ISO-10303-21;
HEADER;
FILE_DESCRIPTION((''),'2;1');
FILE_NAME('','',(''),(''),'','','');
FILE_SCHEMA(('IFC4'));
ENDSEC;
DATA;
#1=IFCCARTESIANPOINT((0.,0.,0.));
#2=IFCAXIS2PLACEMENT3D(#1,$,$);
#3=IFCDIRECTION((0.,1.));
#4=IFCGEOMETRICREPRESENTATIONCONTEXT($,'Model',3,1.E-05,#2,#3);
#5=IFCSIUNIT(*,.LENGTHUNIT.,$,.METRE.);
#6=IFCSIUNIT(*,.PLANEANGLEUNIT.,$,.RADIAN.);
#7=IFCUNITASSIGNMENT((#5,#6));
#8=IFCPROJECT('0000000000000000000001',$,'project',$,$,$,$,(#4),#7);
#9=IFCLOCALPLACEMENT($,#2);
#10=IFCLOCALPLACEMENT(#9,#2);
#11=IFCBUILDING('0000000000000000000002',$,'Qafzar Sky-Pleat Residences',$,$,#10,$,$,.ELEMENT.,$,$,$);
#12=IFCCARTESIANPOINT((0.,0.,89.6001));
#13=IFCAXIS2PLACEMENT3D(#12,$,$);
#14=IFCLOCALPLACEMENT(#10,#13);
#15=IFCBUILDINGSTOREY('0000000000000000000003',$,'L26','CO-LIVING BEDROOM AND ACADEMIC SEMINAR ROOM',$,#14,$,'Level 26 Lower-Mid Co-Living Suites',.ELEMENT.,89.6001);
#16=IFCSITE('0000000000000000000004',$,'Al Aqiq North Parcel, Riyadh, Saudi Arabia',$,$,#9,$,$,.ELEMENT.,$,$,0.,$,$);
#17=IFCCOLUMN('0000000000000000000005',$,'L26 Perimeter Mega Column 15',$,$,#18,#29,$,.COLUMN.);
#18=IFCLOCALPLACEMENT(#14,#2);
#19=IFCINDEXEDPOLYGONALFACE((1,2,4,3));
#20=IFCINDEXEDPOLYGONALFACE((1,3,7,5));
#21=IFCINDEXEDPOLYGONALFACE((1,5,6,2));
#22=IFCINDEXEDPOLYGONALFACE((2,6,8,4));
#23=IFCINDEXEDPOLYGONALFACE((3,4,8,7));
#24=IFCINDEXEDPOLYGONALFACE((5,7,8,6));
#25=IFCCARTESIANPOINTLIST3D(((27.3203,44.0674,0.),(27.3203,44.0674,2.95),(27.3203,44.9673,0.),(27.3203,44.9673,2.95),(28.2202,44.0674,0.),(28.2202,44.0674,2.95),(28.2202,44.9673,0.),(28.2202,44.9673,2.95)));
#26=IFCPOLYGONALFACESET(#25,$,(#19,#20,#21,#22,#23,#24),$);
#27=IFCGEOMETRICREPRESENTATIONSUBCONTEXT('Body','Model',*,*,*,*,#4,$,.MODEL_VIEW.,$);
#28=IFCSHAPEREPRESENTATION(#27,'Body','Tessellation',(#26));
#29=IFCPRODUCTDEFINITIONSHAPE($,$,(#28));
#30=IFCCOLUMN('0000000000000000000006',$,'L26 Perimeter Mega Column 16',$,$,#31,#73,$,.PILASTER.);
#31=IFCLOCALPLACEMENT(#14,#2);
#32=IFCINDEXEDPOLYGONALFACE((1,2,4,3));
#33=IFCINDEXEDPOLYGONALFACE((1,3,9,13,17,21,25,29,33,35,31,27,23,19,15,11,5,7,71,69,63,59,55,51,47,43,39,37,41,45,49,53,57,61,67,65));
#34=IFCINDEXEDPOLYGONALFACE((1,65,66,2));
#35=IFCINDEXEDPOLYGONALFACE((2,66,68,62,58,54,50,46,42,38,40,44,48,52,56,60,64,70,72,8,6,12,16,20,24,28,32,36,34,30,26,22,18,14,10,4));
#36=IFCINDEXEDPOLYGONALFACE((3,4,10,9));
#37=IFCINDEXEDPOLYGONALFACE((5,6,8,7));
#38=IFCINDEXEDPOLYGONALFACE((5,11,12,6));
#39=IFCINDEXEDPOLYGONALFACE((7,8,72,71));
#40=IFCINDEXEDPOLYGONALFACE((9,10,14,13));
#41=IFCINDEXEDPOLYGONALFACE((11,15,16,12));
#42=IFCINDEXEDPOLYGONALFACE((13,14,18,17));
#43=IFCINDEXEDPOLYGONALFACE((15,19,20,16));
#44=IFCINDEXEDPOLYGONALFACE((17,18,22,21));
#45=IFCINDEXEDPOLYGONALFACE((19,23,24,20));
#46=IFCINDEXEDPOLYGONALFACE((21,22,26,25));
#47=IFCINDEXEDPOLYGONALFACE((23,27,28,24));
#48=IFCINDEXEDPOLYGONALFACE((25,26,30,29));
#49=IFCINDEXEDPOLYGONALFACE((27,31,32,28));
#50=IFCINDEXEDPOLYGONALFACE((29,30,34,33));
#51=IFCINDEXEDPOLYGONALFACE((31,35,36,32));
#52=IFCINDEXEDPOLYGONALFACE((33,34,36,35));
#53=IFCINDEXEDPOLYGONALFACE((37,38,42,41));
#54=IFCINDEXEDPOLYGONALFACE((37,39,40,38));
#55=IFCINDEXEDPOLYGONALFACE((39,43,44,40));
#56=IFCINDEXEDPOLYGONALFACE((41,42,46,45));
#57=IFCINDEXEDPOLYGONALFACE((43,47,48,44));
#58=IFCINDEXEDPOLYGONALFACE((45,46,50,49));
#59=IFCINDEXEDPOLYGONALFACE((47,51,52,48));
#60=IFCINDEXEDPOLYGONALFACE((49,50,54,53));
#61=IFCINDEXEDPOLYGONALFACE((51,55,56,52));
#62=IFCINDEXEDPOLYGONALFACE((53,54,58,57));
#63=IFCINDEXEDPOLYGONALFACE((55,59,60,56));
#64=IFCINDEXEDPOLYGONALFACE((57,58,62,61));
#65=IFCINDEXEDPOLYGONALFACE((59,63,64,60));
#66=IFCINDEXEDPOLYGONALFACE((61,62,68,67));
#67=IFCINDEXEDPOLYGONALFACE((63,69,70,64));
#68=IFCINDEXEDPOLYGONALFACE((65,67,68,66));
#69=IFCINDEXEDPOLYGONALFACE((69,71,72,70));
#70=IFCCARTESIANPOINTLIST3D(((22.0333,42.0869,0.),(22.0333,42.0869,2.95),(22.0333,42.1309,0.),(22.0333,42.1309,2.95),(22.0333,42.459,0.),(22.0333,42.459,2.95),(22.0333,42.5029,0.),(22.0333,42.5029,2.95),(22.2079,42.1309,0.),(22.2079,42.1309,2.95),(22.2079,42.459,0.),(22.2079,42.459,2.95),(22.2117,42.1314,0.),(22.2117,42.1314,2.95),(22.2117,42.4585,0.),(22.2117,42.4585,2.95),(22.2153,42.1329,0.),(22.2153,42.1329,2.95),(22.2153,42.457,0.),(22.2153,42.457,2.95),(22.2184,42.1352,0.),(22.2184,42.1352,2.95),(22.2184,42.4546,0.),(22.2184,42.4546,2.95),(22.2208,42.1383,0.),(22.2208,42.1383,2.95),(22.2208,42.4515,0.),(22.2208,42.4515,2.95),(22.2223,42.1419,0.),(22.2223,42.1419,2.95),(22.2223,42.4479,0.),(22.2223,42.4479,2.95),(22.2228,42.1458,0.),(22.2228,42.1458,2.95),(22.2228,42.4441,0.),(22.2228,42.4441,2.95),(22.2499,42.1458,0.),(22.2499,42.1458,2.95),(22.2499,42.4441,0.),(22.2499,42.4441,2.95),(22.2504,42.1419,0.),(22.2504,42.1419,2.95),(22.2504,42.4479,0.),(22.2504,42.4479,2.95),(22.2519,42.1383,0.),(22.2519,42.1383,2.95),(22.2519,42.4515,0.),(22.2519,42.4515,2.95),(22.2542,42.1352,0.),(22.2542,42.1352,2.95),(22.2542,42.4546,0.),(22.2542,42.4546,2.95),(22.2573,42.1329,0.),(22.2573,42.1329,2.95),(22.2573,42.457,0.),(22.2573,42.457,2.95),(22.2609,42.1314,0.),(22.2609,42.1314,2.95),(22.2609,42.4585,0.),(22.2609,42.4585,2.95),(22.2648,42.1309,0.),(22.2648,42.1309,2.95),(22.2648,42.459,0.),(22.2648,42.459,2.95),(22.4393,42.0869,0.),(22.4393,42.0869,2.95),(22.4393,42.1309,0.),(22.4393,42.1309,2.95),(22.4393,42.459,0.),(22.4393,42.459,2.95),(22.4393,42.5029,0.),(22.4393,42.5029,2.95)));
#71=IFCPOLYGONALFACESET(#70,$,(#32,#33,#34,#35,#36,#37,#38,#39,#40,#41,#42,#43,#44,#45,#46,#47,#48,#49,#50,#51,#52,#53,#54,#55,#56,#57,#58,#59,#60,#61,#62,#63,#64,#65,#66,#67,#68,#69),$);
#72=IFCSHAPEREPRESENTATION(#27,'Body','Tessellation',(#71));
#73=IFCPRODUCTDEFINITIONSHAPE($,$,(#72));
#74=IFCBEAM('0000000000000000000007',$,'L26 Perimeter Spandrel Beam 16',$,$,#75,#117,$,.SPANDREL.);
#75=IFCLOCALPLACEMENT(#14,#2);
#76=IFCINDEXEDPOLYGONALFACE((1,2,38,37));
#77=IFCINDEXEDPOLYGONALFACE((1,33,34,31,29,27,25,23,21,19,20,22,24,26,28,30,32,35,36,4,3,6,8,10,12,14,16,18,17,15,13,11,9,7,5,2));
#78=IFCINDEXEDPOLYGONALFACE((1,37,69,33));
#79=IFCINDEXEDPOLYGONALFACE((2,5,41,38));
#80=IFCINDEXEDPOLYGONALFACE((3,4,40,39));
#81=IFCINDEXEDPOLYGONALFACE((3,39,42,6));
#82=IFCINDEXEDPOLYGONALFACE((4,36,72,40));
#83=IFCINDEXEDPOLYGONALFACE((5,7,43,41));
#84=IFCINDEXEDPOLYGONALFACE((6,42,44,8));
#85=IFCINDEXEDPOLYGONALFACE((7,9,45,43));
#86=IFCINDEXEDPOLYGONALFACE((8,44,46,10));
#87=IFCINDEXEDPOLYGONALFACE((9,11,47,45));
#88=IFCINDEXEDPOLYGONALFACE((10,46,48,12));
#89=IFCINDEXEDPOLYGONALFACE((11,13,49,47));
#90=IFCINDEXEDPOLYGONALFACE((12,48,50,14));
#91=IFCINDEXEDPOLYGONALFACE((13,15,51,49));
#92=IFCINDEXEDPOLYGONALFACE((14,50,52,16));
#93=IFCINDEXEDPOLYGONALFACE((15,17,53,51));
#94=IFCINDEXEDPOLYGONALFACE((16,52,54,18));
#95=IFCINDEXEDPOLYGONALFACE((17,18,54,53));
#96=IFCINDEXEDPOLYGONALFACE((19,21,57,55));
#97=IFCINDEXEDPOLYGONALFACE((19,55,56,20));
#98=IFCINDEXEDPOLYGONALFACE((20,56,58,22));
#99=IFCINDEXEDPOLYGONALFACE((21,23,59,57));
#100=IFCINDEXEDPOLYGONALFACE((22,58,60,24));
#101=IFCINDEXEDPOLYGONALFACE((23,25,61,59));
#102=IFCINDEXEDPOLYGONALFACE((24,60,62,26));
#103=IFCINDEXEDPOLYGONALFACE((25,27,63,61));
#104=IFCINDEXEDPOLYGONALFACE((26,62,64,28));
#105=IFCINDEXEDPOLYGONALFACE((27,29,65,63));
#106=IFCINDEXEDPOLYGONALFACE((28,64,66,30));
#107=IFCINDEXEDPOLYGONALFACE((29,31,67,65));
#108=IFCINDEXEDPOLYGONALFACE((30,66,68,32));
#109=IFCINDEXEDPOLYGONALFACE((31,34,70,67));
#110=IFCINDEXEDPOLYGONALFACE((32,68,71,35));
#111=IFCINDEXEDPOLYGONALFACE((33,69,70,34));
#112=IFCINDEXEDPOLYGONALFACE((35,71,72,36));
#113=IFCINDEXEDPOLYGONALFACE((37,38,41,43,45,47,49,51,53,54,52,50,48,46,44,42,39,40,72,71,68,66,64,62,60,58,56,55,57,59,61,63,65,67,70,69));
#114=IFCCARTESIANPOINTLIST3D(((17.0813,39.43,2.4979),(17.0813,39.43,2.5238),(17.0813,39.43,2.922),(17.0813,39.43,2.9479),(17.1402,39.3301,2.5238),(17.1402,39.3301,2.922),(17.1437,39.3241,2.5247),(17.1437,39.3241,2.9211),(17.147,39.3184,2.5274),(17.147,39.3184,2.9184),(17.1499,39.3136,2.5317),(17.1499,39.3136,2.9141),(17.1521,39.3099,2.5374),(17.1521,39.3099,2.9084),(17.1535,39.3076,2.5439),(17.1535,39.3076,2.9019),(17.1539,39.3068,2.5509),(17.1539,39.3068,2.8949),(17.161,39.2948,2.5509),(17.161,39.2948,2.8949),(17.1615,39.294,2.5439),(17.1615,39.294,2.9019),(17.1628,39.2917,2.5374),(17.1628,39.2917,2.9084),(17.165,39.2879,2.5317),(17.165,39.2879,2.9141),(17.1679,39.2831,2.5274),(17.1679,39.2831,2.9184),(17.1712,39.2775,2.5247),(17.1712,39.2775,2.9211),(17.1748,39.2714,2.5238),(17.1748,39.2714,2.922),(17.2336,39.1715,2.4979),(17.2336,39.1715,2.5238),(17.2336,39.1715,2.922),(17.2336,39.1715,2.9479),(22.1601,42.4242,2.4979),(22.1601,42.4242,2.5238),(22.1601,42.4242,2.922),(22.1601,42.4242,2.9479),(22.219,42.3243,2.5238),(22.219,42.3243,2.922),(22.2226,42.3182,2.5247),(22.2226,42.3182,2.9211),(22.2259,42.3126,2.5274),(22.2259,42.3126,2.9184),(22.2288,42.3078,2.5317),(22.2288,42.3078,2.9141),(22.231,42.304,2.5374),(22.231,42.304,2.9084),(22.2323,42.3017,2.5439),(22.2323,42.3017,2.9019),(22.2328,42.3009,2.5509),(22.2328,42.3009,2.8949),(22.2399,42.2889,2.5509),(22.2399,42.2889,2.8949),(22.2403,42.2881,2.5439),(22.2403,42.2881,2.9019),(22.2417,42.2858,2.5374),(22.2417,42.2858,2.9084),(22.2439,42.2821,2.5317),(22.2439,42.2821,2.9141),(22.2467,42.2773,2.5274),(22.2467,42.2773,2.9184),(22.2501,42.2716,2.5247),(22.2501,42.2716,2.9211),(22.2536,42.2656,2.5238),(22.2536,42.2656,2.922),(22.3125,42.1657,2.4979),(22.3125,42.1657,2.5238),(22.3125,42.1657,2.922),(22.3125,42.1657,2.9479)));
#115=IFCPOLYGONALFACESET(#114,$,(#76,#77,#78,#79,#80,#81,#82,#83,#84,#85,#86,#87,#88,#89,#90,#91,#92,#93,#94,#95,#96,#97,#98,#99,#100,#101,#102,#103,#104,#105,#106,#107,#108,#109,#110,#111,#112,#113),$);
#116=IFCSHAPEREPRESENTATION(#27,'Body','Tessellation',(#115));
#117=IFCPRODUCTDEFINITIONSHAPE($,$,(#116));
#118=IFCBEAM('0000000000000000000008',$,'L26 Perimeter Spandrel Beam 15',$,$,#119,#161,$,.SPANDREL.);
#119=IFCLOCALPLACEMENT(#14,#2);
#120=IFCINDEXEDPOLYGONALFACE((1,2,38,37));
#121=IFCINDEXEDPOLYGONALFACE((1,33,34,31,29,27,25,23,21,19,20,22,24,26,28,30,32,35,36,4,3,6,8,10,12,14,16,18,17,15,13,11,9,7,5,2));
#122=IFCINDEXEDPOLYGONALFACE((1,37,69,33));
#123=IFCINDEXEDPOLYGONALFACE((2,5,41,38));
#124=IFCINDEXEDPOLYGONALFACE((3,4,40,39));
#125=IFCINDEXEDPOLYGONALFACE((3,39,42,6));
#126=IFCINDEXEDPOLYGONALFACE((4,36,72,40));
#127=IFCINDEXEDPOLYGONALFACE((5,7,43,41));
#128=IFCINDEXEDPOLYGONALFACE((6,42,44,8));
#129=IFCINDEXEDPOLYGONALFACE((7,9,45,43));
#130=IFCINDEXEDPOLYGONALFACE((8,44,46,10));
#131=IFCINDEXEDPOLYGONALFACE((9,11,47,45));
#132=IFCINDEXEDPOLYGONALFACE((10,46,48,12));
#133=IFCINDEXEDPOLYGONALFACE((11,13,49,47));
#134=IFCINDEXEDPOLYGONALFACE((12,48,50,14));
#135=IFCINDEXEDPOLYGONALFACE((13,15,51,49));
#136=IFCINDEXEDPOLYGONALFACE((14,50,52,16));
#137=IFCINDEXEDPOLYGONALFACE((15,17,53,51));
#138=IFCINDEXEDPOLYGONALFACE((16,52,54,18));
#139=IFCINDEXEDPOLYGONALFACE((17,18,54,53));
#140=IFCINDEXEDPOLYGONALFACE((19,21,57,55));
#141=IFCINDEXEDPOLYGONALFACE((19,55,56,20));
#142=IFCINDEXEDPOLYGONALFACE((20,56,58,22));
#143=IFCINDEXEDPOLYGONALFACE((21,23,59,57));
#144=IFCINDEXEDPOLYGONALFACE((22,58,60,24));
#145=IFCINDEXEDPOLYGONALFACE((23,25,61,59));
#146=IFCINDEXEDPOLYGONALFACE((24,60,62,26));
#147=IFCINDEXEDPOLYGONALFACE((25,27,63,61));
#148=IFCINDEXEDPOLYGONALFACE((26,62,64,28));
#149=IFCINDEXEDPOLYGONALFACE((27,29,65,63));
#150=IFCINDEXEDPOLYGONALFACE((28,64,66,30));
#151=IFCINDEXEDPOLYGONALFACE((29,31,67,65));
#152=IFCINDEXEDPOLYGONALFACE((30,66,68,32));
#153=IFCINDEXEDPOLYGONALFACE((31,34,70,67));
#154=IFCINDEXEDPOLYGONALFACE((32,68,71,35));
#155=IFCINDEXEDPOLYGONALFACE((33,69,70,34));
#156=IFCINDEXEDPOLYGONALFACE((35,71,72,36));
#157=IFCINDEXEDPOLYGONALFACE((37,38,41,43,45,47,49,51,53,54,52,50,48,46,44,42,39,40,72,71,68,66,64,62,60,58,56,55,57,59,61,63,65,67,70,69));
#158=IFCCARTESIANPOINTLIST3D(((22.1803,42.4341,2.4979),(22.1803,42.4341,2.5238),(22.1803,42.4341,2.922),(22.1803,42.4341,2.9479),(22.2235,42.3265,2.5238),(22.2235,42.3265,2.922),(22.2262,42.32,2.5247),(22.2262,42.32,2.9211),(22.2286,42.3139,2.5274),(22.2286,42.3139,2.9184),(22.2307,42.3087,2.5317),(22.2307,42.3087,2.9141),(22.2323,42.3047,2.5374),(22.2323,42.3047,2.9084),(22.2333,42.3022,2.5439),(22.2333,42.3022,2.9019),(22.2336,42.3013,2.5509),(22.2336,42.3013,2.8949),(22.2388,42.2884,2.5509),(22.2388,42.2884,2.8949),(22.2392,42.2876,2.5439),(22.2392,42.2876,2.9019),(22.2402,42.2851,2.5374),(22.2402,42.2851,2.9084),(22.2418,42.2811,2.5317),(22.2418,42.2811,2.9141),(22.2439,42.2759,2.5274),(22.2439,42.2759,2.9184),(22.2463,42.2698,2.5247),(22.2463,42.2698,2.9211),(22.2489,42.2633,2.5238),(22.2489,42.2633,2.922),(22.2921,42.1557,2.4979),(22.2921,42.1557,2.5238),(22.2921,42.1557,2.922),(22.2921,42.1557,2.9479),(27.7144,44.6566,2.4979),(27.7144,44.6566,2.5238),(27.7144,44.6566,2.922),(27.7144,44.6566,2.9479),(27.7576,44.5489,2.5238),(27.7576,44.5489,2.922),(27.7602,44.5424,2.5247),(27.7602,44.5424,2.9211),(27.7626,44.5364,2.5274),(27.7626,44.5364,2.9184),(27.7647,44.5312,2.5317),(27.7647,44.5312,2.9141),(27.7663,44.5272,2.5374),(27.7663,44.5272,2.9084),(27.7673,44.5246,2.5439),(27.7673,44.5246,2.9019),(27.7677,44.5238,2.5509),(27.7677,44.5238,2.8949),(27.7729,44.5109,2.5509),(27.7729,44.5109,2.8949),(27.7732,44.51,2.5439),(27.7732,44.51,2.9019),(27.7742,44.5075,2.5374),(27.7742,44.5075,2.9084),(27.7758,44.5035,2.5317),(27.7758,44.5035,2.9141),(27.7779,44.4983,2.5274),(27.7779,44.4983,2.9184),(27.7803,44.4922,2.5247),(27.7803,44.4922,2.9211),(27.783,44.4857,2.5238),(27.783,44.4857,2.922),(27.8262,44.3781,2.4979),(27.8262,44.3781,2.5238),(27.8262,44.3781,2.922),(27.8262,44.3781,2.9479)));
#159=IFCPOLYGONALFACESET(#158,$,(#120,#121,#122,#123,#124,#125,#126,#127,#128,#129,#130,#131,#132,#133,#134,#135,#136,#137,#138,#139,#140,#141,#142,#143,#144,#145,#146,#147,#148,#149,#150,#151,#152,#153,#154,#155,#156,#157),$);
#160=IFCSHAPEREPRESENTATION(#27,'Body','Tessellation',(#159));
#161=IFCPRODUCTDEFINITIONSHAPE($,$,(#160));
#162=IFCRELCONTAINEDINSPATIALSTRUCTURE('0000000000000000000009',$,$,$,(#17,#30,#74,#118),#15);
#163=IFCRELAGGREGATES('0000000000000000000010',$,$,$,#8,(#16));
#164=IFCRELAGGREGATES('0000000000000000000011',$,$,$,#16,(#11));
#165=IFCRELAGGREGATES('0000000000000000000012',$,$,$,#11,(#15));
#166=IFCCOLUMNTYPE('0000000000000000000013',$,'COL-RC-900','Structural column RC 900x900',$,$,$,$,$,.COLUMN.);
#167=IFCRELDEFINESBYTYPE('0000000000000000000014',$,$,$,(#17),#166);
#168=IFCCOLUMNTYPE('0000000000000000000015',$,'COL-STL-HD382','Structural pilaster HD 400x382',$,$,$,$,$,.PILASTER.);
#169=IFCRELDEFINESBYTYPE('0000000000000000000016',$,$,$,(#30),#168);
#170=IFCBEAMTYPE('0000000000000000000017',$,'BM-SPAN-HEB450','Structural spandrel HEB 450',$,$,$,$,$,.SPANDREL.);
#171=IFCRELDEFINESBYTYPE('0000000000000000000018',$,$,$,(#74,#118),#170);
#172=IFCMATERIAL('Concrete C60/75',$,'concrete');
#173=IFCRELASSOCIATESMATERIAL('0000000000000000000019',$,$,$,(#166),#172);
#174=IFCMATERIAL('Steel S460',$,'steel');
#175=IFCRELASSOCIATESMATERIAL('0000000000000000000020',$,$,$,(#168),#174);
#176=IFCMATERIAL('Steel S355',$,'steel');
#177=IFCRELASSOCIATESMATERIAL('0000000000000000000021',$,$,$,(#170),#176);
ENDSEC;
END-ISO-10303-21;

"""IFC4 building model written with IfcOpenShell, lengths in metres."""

from ifc_helpers import new_model, si_unit, direction, frame, origin, origin_2d, place, context, subcontext, project, spatial, rectangle, i_section, extrude, source, transform, mapped, material, material_profile, profile_set, type_object, element, save


model = new_model("IFC4")

# Units and contexts
model_context = context("Model", 3, precision=1e-05, world=origin(), true_north=direction((0.0, 1.0)))
body_context = subcontext(model_context, "Body", "Model", "MODEL_VIEW")
ifc_project = project(units=[si_unit("LENGTHUNIT", "METRE"), si_unit("PLANEANGLEUNIT", "RADIAN")], contexts=[model_context])

# Site, building, storey
site_placement = place(None, origin())
site = spatial("IfcSite", under=ifc_project, at=site_placement, Name="Al Aqiq North Parcel, Riyadh, Saudi Arabia", CompositionType="ELEMENT", RefElevation=0.0)
building_placement = place(site_placement, origin())
building = spatial("IfcBuilding", under=site, at=building_placement, Name="Qafzar Sky-Pleat Residences", CompositionType="ELEMENT")
storey_placement = place(building_placement, frame((0.0, 0.0, 89.6001)))
storey = spatial("IfcBuildingStorey", under=building, at=storey_placement, Name="L26", Description="CO-LIVING BEDROOM AND ACADEMIC SEMINAR ROOM", LongName="Level 26 Lower-Mid Co-Living Suites", CompositionType="ELEMENT", Elevation=89.6001)

# Columns
ifc_material_1 = material(Name="Concrete C60/75", Category="concrete")
ifc_material_profile_1 = material_profile(ifc_material_1, rectangle(XDim=0.8999, YDim=0.8999, at=origin_2d()), Name="RC 900x900")
ifc_profile_set_1 = profile_set([ifc_material_profile_1], Name="Concrete C60/75")
column_type_1 = type_object("IfcColumnType", Name="COL-RC-900", Description="Structural column RC 900x900", PredefinedType="COLUMN", material=ifc_profile_set_1)
shared_shape_1 = source(origin(), body_context, "Body", "SweptSolid", [
    extrude(rectangle(XDim=0.8999, YDim=0.8999, at=origin_2d()), origin(), (0.0, 0.0, 1.0), 2.95),
])
column_1_placement = place(storey_placement, frame((27.7703, 44.5173, 0.0), z_axis=(0.0, 0.0, 1.0), x_axis=(1.0, 0.0, 0.0)))
element("IfcColumn", 1, at=column_1_placement, inside=storey, type_object=column_type_1, Name="L26 Perimeter Mega Column 15", PredefinedType="COLUMN", context=body_context, shape_type="MappedRepresentation", body=[
    mapped(shared_shape_1, transform((0.0, 0.0, 0.0), x_axis=(1.0, 0.0, 0.0), y_axis=(0.0, 1.0, 0.0), z_axis=(0.0, 0.0, 1.0), scale=1.0)),
])
ifc_material_2 = material(Name="Steel S460", Category="steel")
ifc_material_profile_2 = material_profile(ifc_material_2, i_section(OverallWidth=0.406, OverallDepth=0.416, WebThickness=0.0271, FlangeThickness=0.0439, FilletRadius=0.0149, at=origin_2d()), Name="HD 400x382")
ifc_profile_set_2 = profile_set([ifc_material_profile_2], Name="Steel S460")
column_type_2 = type_object("IfcColumnType", Name="COL-STL-HD382", Description="Structural pilaster HD 400x382", PredefinedType="PILASTER", material=ifc_profile_set_2)
shared_shape_2 = source(origin(), body_context, "Body", "SweptSolid", [
    extrude(i_section(OverallWidth=0.406, OverallDepth=0.416, WebThickness=0.0271, FlangeThickness=0.0439, FilletRadius=0.0149, at=origin_2d()), origin(), (0.0, 0.0, 1.0), 2.95),
])
column_2_placement = place(storey_placement, frame((22.2363, 42.2949, 0.0), z_axis=(0.0, 0.0, 1.0), x_axis=(1.0, 0.0, 0.0)))
element("IfcColumn", 2, at=column_2_placement, inside=storey, type_object=column_type_2, Name="L26 Perimeter Mega Column 16", PredefinedType="PILASTER", context=body_context, shape_type="MappedRepresentation", body=[
    mapped(shared_shape_2, transform((0.0, 0.0, 0.0), x_axis=(1.0, 0.0, 0.0), y_axis=(0.0, 1.0, 0.0), z_axis=(0.0, 0.0, 1.0), scale=1.0)),
])

# Beams
ifc_material_3 = material(Name="Steel S355", Category="steel")
ifc_material_profile_3 = material_profile(ifc_material_3, i_section(OverallWidth=0.3, OverallDepth=0.45, WebThickness=0.0139, FlangeThickness=0.0259, FilletRadius=0.0271, at=origin_2d()), Name="HEB 450")
ifc_profile_set_3 = profile_set([ifc_material_profile_3], Name="Steel S355")
beam_type_1 = type_object("IfcBeamType", Name="BM-SPAN-HEB450", Description="Structural spandrel HEB 450", PredefinedType="SPANDREL", material=ifc_profile_set_3)
shared_shape_3 = source(origin(), body_context, "Body", "SweptSolid", [
    extrude(i_section(OverallWidth=0.3, OverallDepth=0.45, WebThickness=0.0139, FlangeThickness=0.0259, FilletRadius=0.0271, at=origin_2d()), origin(), (0.0, 0.0, 1.0), 5.8958),
])
beam_1_placement = place(storey_placement, frame((22.2363, 42.2949, 2.7229), z_axis=(-0.861446, -0.507849, 0.0), x_axis=(0.507849, -0.861446, 0.0)))
element("IfcBeam", 3, at=beam_1_placement, inside=storey, type_object=beam_type_1, Name="L26 Perimeter Spandrel Beam 16", PredefinedType="SPANDREL", context=body_context, shape_type="MappedRepresentation", body=[
    mapped(shared_shape_3, transform((0.0, 0.0, 0.0), x_axis=(1.0, 0.0, 0.0), y_axis=(0.0, 1.0, 0.0), z_axis=(0.0, 0.0, 1.0), scale=1.0)),
])
shared_shape_4 = source(origin(), body_context, "Body", "SweptSolid", [
    extrude(i_section(OverallWidth=0.3, OverallDepth=0.45, WebThickness=0.0139, FlangeThickness=0.0259, FilletRadius=0.0271, at=origin_2d()), origin(), (0.0, 0.0, 1.0), 5.9636),
])
beam_2_placement = place(storey_placement, frame((27.7703, 44.5173, 2.7229), z_axis=(-0.927965, -0.372668, 0.0), x_axis=(0.372668, -0.927965, 0.0)))
element("IfcBeam", 4, at=beam_2_placement, inside=storey, type_object=beam_type_1, Name="L26 Perimeter Spandrel Beam 15", PredefinedType="SPANDREL", context=body_context, shape_type="MappedRepresentation", body=[
    mapped(shared_shape_4, transform((0.0, 0.0, 0.0), x_axis=(1.0, 0.0, 0.0), y_axis=(0.0, 1.0, 0.0), z_axis=(0.0, 0.0, 1.0), scale=1.0)),
])

save(model, "model.ifc")
